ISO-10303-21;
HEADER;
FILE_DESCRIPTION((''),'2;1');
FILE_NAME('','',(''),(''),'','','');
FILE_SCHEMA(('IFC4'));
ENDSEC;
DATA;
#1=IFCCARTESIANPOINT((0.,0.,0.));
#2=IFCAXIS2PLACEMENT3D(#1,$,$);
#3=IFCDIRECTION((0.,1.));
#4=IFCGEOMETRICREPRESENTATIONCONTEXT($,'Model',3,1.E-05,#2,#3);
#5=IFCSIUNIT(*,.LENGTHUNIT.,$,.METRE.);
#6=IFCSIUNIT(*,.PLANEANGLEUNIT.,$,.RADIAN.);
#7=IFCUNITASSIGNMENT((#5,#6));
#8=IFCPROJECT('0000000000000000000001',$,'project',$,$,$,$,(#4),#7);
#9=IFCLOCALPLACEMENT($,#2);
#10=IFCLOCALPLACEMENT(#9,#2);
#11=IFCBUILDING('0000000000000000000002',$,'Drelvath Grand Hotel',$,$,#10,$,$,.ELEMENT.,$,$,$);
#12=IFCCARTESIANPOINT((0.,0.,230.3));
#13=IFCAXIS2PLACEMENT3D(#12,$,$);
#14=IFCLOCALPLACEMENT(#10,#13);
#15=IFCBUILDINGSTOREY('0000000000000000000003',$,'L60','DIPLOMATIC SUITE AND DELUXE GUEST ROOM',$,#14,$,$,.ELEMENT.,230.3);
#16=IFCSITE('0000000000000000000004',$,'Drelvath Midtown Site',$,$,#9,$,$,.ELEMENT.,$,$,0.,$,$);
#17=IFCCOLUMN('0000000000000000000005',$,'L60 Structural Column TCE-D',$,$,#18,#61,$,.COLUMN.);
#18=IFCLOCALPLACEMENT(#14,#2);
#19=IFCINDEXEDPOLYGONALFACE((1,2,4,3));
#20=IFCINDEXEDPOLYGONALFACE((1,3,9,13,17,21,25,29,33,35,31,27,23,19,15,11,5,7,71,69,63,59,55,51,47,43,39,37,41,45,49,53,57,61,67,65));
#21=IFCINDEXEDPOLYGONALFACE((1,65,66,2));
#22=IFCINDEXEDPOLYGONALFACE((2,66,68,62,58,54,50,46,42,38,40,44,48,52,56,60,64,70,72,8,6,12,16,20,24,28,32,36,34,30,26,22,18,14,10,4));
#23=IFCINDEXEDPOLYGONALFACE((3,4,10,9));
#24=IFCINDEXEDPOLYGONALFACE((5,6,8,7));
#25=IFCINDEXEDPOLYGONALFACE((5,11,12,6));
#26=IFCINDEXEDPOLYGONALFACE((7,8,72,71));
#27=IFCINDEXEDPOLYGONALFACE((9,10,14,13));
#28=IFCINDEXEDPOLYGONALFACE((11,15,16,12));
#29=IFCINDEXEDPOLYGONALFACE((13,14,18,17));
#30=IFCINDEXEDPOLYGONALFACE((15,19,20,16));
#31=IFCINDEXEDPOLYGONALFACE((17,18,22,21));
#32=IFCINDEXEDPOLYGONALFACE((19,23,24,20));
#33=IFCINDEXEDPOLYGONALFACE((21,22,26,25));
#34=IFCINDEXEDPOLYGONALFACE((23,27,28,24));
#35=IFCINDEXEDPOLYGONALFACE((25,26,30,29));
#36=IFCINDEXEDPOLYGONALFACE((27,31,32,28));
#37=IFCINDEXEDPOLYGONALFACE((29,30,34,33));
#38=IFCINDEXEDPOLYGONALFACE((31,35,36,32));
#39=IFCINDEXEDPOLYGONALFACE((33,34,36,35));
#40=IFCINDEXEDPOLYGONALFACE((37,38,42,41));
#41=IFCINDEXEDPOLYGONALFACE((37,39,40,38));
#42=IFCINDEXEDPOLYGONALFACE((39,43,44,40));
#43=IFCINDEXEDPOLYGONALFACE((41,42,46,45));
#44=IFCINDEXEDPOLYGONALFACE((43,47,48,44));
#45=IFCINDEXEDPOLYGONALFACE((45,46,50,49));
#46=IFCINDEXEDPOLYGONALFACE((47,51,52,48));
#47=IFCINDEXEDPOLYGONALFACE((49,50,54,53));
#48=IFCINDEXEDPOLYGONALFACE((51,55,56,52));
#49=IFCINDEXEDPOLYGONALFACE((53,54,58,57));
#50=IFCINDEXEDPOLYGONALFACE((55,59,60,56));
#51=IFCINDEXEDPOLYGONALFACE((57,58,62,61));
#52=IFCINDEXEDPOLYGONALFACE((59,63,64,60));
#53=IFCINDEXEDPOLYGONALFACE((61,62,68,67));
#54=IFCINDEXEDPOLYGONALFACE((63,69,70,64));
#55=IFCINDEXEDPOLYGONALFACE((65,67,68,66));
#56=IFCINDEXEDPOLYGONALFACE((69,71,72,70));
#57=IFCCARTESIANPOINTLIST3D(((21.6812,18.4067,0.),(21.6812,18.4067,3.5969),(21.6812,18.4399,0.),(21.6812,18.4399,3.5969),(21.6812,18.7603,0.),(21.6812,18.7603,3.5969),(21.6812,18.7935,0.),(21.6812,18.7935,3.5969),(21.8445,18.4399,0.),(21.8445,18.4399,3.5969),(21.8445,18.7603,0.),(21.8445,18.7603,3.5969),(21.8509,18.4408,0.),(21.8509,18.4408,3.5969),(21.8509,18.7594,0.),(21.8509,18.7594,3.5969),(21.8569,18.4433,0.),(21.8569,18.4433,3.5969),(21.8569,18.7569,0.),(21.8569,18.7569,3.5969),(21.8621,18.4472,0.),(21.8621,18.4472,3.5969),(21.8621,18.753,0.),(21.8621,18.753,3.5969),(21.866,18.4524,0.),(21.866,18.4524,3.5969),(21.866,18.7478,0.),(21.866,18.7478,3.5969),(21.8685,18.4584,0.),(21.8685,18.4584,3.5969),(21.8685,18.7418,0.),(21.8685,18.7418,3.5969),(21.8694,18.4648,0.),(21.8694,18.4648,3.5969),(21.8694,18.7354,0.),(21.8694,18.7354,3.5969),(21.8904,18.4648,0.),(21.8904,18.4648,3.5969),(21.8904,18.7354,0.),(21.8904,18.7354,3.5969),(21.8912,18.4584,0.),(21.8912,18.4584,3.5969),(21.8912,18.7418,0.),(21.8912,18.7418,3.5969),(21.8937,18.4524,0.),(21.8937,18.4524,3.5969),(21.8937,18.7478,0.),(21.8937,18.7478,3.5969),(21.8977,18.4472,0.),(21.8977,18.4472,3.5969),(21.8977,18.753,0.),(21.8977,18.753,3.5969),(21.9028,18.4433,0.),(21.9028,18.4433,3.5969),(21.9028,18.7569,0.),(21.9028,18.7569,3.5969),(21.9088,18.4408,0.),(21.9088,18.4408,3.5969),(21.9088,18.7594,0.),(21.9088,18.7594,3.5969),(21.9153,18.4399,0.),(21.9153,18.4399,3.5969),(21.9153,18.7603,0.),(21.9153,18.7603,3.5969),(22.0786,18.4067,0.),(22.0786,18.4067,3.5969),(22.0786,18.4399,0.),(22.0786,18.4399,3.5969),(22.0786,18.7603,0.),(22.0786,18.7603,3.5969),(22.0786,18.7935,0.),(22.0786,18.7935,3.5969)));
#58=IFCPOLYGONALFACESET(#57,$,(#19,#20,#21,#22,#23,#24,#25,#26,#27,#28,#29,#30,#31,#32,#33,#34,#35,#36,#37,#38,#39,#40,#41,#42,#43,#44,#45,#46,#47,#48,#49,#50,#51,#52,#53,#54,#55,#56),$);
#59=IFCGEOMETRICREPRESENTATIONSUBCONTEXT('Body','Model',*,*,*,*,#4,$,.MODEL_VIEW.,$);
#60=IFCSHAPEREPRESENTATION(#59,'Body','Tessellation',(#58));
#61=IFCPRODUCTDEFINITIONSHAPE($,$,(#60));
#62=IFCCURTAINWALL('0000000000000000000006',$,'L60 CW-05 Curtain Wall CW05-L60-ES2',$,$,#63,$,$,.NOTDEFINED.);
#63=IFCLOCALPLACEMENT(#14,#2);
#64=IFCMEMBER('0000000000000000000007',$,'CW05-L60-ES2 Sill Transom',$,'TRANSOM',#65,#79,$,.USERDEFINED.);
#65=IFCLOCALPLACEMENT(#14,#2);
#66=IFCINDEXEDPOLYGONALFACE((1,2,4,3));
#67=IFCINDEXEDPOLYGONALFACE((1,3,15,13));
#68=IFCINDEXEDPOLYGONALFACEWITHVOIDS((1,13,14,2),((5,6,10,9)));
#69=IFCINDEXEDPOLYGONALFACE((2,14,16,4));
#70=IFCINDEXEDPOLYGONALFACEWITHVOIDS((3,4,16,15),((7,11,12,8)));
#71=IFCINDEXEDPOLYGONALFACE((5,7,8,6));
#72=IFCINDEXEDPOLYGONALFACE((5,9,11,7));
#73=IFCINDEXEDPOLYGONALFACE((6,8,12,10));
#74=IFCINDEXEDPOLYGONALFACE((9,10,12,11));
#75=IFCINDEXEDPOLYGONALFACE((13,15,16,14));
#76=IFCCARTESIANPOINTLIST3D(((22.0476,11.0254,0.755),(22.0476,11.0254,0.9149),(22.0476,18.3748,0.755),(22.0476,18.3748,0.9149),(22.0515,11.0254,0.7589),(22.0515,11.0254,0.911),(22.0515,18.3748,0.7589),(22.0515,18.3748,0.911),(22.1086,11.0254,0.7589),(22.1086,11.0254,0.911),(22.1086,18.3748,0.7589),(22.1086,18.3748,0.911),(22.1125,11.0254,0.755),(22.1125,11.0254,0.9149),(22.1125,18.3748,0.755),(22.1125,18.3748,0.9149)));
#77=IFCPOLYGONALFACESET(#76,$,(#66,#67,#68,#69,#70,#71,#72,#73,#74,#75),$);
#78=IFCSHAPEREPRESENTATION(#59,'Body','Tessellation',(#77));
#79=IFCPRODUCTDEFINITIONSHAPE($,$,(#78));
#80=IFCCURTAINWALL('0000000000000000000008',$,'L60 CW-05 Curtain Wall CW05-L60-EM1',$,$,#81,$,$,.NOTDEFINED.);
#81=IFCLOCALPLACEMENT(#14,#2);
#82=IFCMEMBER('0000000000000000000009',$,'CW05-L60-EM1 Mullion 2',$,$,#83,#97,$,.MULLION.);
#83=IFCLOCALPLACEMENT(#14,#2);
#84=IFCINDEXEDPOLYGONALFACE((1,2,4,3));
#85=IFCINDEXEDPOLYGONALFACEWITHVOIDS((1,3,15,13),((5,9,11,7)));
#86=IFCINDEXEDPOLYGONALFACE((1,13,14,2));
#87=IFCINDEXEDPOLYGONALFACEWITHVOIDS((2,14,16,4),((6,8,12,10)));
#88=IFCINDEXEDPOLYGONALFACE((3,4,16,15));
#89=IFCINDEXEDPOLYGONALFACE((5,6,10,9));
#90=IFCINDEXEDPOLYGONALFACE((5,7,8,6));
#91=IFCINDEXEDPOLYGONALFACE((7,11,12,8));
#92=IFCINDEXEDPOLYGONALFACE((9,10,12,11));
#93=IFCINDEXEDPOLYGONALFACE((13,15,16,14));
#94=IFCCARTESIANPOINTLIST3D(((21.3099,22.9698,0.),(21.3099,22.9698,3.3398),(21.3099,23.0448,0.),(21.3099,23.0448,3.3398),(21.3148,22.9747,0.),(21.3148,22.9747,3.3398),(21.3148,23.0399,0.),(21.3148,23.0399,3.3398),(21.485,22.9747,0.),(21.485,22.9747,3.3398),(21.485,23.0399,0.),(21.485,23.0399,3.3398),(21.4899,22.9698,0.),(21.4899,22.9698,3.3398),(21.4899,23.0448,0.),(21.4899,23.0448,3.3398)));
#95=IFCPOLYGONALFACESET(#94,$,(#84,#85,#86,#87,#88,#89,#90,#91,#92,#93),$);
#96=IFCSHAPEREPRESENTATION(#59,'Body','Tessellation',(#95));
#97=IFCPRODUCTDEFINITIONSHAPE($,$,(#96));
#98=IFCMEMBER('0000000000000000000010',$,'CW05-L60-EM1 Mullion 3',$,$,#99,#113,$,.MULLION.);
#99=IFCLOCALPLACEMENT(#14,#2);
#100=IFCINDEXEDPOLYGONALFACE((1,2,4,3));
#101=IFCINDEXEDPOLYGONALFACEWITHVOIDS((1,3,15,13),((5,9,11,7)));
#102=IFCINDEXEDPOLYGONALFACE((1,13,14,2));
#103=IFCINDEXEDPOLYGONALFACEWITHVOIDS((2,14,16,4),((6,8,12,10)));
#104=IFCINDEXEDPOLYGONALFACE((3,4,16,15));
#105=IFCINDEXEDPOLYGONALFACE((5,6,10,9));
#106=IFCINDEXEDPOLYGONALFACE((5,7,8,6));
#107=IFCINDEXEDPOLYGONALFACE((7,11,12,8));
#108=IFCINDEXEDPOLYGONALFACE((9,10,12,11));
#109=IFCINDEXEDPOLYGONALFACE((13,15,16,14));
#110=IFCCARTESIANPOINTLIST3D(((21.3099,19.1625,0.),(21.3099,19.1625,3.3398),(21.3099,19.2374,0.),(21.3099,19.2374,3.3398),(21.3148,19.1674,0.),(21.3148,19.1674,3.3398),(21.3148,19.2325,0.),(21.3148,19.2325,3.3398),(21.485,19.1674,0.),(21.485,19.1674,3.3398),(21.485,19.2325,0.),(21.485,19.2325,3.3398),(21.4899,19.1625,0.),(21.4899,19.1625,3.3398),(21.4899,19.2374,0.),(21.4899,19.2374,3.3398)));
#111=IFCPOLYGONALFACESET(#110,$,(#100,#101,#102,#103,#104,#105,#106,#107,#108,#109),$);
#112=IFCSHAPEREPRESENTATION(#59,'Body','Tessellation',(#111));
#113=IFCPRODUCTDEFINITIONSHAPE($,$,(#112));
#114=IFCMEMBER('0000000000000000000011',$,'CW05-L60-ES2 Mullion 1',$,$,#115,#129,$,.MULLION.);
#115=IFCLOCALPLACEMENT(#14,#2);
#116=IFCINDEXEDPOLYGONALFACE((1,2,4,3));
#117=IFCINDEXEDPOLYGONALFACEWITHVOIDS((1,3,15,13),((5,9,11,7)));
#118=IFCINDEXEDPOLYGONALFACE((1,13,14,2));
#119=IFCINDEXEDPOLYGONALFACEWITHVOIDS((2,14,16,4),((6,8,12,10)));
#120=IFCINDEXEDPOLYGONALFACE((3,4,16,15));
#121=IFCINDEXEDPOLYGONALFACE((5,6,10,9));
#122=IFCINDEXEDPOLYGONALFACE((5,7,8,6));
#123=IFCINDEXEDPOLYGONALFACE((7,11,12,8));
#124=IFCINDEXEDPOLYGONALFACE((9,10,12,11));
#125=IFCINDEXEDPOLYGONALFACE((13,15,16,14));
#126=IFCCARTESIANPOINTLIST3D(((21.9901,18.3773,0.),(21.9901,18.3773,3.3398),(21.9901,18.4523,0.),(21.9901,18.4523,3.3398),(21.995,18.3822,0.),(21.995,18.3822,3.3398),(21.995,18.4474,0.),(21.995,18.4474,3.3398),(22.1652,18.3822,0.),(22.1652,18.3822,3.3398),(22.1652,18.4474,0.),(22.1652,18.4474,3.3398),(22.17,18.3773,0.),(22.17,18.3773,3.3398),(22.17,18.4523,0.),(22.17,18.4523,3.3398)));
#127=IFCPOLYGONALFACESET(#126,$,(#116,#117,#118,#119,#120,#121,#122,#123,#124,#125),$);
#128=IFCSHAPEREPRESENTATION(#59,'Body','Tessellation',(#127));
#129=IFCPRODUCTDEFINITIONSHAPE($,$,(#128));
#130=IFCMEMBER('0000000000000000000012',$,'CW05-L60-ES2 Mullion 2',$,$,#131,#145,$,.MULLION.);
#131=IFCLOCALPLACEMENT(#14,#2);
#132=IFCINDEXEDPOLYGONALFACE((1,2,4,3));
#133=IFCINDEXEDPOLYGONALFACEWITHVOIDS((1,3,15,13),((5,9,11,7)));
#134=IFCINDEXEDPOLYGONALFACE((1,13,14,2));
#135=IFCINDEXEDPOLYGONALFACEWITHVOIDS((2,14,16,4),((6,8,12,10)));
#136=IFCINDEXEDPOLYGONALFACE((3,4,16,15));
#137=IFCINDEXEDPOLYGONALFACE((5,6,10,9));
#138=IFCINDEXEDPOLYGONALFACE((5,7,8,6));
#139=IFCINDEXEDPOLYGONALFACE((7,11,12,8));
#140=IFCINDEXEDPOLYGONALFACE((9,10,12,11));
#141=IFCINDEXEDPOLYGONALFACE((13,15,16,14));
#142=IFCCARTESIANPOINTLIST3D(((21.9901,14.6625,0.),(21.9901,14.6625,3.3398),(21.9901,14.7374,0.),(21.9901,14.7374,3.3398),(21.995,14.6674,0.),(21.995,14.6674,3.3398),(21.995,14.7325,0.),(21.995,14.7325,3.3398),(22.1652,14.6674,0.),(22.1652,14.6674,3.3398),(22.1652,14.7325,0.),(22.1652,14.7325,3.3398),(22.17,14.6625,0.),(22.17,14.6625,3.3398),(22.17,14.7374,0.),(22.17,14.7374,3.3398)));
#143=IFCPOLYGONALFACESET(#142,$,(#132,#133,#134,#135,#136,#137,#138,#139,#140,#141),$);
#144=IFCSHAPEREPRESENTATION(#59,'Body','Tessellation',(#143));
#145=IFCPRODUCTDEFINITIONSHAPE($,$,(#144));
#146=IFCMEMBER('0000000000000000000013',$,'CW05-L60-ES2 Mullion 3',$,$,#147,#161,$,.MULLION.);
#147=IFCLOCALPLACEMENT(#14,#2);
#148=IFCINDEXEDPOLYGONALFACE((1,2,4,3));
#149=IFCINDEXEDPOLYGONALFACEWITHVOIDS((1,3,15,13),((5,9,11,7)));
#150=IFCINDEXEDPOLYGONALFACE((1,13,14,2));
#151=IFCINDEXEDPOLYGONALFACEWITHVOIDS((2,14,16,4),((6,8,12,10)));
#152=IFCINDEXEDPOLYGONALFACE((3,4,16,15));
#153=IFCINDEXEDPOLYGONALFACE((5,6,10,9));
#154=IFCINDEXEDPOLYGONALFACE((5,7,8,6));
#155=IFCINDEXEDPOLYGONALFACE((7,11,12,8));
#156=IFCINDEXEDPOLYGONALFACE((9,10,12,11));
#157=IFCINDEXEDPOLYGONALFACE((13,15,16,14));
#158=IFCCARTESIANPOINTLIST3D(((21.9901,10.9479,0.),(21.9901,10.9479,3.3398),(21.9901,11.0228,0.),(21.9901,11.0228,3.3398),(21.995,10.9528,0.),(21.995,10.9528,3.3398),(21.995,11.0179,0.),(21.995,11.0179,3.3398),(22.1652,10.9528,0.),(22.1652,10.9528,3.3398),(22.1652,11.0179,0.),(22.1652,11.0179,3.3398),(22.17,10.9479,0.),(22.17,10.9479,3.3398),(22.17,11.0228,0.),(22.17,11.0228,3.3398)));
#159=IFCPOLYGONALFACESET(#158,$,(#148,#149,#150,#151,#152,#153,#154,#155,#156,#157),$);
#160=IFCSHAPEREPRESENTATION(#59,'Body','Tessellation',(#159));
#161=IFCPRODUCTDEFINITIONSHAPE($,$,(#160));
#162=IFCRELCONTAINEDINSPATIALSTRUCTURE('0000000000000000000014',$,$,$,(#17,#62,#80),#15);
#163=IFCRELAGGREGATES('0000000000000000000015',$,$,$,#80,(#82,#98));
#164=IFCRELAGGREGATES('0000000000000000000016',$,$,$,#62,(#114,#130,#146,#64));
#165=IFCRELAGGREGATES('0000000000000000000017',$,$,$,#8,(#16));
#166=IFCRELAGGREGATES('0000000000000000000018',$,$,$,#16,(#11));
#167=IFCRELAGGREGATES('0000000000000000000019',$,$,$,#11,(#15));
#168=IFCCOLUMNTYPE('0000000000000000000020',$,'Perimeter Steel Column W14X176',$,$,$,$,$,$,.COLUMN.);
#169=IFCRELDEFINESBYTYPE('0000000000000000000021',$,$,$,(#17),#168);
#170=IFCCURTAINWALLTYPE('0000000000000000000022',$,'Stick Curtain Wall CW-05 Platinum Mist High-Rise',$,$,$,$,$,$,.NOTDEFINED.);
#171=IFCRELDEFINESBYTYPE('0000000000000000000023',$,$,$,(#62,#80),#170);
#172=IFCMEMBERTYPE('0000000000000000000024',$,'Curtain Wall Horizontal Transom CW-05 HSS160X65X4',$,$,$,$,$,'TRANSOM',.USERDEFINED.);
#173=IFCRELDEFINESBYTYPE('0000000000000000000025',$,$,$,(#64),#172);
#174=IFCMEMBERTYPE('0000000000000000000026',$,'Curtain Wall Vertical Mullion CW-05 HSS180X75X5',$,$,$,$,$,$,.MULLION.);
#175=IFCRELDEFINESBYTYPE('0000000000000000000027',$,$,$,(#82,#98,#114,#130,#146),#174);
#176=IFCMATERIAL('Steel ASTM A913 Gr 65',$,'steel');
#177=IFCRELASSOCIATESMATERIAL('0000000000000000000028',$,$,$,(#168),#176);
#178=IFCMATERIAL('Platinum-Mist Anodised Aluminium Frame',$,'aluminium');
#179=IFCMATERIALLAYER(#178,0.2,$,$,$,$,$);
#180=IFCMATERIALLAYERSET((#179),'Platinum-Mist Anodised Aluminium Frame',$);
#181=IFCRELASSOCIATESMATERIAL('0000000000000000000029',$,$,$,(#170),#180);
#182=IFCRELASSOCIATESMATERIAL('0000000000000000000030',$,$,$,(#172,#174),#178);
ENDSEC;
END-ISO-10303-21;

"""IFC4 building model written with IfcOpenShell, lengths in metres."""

from ifc_helpers import new_model, si_unit, direction, frame, origin, origin_2d, place, context, subcontext, project, spatial, hollow_rectangle, i_section, extrude, material, layer, layer_set, material_profile, profile_set, type_object, element, aggregate, save


model = new_model("IFC4")

# Units and contexts
model_context = context("Model", 3, precision=1e-05, world=origin(), true_north=direction((0.0, 1.0)))
body_context = subcontext(model_context, "Body", "Model", "MODEL_VIEW")
ifc_project = project(units=[si_unit("LENGTHUNIT", "METRE"), si_unit("PLANEANGLEUNIT", "RADIAN")], contexts=[model_context])

# Site, building, storey
site_placement = place(None, origin())
site = spatial("IfcSite", under=ifc_project, at=site_placement, Name="Drelvath Midtown Site", CompositionType="ELEMENT", RefElevation=0.0)
building_placement = place(site_placement, origin())
building = spatial("IfcBuilding", under=site, at=building_placement, Name="Drelvath Grand Hotel", CompositionType="ELEMENT")
storey_placement = place(building_placement, frame((0.0, 0.0, 230.3)))
storey = spatial("IfcBuildingStorey", under=building, at=storey_placement, Name="L60", Description="DIPLOMATIC SUITE AND DELUXE GUEST ROOM", CompositionType="ELEMENT", Elevation=230.3)

# Column
ifc_material_1 = material(Name="Steel ASTM A913 Gr 65", Category="steel")
ifc_material_profile_1 = material_profile(ifc_material_1, i_section(OverallWidth=0.3975, OverallDepth=0.3867, WebThickness=0.021, FlangeThickness=0.0332, FilletRadius=0.0249, at=origin_2d()), Name="W14X176")
ifc_profile_set_1 = profile_set([ifc_material_profile_1], Name="Steel ASTM A913 Gr 65")
column_type = type_object("IfcColumnType", Name="Perimeter Steel Column W14X176", PredefinedType="COLUMN", material=ifc_profile_set_1)
column_placement = place(storey_placement, frame((21.8799, 18.6001, 0.0), z_axis=(0.0, 0.0, 1.0), x_axis=(1.0, 0.0, 0.0)))
element("IfcColumn", 1, at=column_placement, inside=storey, type_object=column_type, Name="L60 Structural Column TCE-D", PredefinedType="COLUMN", context=body_context, shape_type="SweptSolid", body=[
    extrude(i_section(OverallWidth=0.3975, OverallDepth=0.3867, WebThickness=0.021, FlangeThickness=0.0332, FilletRadius=0.0249, at=origin_2d()), origin(), (0.0, 0.0, 1.0), 3.5969),
])

# Curtain wall, member
ifc_material_2 = material(Name="Platinum-Mist Anodised Aluminium Frame", Category="aluminium")
ifc_layer_1 = layer(ifc_material_2, 0.2)
ifc_layer_set_1 = layer_set([ifc_layer_1], Name="Platinum-Mist Anodised Aluminium Frame")
curtain_wall_type = type_object("IfcCurtainWallType", Name="Stick Curtain Wall CW-05 Platinum Mist High-Rise", PredefinedType="NOTDEFINED", material=ifc_layer_set_1)
curtain_wall_1_placement = place(storey_placement, origin())
curtain_wall_1 = element("IfcCurtainWall", 2, at=curtain_wall_1_placement, inside=storey, type_object=curtain_wall_type, Name="L60 CW-05 Curtain Wall CW05-L60-ES2", PredefinedType="NOTDEFINED")
ifc_material_profile_2 = material_profile(ifc_material_2, hollow_rectangle(XDim=0.0649, YDim=0.1599, WallThickness=0.0039, at=origin_2d()), Name="HSS160X65X4")
ifc_profile_set_2 = profile_set([ifc_material_profile_2], Name="Platinum-Mist Anodised Aluminium Frame")
member_type_1 = type_object("IfcMemberType", Name="Curtain Wall Horizontal Transom CW-05 HSS160X65X4", ElementType="TRANSOM", PredefinedType="USERDEFINED", material=ifc_profile_set_2)
member_1_placement = place(storey_placement, frame((22.0801, 18.3748, 0.835), z_axis=(0.0, -1.0, 0.0), x_axis=(1.0, 0.0, 0.0)))
member_1 = element("IfcMember", 3, at=member_1_placement, type_object=member_type_1, Name="CW05-L60-ES2 Sill Transom", ObjectType="TRANSOM", PredefinedType="USERDEFINED", context=body_context, shape_type="SweptSolid", body=[
    extrude(hollow_rectangle(XDim=0.0649, YDim=0.1599, WallThickness=0.0039, at=origin_2d()), origin(), (0.0, 0.0, 1.0), 7.3494),
])

# Curtain wall, members
curtain_wall_2_placement = place(storey_placement, origin())
curtain_wall_2 = element("IfcCurtainWall", 4, at=curtain_wall_2_placement, inside=storey, type_object=curtain_wall_type, Name="L60 CW-05 Curtain Wall CW05-L60-EM1", PredefinedType="NOTDEFINED")
ifc_material_profile_3 = material_profile(ifc_material_2, hollow_rectangle(XDim=0.075, YDim=0.1799, WallThickness=0.0049, at=origin_2d()), Name="HSS180X75X5")
ifc_profile_set_3 = profile_set([ifc_material_profile_3], Name="Platinum-Mist Anodised Aluminium Frame")
member_type_2 = type_object("IfcMemberType", Name="Curtain Wall Vertical Mullion CW-05 HSS180X75X5", PredefinedType="MULLION", material=ifc_profile_set_3)
member_2_placement = place(storey_placement, frame((21.3999, 23.0073, 0.0), z_axis=(0.0, 0.0, 1.0), x_axis=(0.0, 1.0, 0.0)))
member_2 = element("IfcMember", 5, at=member_2_placement, type_object=member_type_2, Name="CW05-L60-EM1 Mullion 2", PredefinedType="MULLION", context=body_context, shape_type="SweptSolid", body=[
    extrude(hollow_rectangle(XDim=0.075, YDim=0.1799, WallThickness=0.0049, at=origin_2d()), origin(), (0.0, 0.0, 1.0), 3.3398),
])
member_3_placement = place(storey_placement, frame((21.3999, 19.2, 0.0), z_axis=(0.0, 0.0, 1.0), x_axis=(0.0, 1.0, 0.0)))
member_3 = element("IfcMember", 6, at=member_3_placement, type_object=member_type_2, Name="CW05-L60-EM1 Mullion 3", PredefinedType="MULLION", context=body_context, shape_type="SweptSolid", body=[
    extrude(hollow_rectangle(XDim=0.075, YDim=0.1799, WallThickness=0.0049, at=origin_2d()), origin(), (0.0, 0.0, 1.0), 3.3398),
])

# Members
member_4_placement = place(storey_placement, frame((22.0801, 18.4148, 0.0), z_axis=(0.0, 0.0, 1.0), x_axis=(0.0, 1.0, 0.0)))
member_4 = element("IfcMember", 7, at=member_4_placement, type_object=member_type_2, Name="CW05-L60-ES2 Mullion 1", PredefinedType="MULLION", context=body_context, shape_type="SweptSolid", body=[
    extrude(hollow_rectangle(XDim=0.075, YDim=0.1799, WallThickness=0.0049, at=origin_2d()), origin(), (0.0, 0.0, 1.0), 3.3398),
])
member_5_placement = place(storey_placement, frame((22.0801, 14.7, 0.0), z_axis=(0.0, 0.0, 1.0), x_axis=(0.0, 1.0, 0.0)))
member_5 = element("IfcMember", 8, at=member_5_placement, type_object=member_type_2, Name="CW05-L60-ES2 Mullion 2", PredefinedType="MULLION", context=body_context, shape_type="SweptSolid", body=[
    extrude(hollow_rectangle(XDim=0.075, YDim=0.1799, WallThickness=0.0049, at=origin_2d()), origin(), (0.0, 0.0, 1.0), 3.3398),
])
member_6_placement = place(storey_placement, frame((22.0801, 10.9854, 0.0), z_axis=(0.0, 0.0, 1.0), x_axis=(0.0, 1.0, 0.0)))
member_6 = element("IfcMember", 9, at=member_6_placement, type_object=member_type_2, Name="CW05-L60-ES2 Mullion 3", PredefinedType="MULLION", context=body_context, shape_type="SweptSolid", body=[
    extrude(hollow_rectangle(XDim=0.075, YDim=0.1799, WallThickness=0.0049, at=origin_2d()), origin(), (0.0, 0.0, 1.0), 3.3398),
])

aggregate(curtain_wall_2, [member_2, member_3])
aggregate(curtain_wall_1, [member_4, member_5, member_6, member_1])

save(model, "model.ifc")
